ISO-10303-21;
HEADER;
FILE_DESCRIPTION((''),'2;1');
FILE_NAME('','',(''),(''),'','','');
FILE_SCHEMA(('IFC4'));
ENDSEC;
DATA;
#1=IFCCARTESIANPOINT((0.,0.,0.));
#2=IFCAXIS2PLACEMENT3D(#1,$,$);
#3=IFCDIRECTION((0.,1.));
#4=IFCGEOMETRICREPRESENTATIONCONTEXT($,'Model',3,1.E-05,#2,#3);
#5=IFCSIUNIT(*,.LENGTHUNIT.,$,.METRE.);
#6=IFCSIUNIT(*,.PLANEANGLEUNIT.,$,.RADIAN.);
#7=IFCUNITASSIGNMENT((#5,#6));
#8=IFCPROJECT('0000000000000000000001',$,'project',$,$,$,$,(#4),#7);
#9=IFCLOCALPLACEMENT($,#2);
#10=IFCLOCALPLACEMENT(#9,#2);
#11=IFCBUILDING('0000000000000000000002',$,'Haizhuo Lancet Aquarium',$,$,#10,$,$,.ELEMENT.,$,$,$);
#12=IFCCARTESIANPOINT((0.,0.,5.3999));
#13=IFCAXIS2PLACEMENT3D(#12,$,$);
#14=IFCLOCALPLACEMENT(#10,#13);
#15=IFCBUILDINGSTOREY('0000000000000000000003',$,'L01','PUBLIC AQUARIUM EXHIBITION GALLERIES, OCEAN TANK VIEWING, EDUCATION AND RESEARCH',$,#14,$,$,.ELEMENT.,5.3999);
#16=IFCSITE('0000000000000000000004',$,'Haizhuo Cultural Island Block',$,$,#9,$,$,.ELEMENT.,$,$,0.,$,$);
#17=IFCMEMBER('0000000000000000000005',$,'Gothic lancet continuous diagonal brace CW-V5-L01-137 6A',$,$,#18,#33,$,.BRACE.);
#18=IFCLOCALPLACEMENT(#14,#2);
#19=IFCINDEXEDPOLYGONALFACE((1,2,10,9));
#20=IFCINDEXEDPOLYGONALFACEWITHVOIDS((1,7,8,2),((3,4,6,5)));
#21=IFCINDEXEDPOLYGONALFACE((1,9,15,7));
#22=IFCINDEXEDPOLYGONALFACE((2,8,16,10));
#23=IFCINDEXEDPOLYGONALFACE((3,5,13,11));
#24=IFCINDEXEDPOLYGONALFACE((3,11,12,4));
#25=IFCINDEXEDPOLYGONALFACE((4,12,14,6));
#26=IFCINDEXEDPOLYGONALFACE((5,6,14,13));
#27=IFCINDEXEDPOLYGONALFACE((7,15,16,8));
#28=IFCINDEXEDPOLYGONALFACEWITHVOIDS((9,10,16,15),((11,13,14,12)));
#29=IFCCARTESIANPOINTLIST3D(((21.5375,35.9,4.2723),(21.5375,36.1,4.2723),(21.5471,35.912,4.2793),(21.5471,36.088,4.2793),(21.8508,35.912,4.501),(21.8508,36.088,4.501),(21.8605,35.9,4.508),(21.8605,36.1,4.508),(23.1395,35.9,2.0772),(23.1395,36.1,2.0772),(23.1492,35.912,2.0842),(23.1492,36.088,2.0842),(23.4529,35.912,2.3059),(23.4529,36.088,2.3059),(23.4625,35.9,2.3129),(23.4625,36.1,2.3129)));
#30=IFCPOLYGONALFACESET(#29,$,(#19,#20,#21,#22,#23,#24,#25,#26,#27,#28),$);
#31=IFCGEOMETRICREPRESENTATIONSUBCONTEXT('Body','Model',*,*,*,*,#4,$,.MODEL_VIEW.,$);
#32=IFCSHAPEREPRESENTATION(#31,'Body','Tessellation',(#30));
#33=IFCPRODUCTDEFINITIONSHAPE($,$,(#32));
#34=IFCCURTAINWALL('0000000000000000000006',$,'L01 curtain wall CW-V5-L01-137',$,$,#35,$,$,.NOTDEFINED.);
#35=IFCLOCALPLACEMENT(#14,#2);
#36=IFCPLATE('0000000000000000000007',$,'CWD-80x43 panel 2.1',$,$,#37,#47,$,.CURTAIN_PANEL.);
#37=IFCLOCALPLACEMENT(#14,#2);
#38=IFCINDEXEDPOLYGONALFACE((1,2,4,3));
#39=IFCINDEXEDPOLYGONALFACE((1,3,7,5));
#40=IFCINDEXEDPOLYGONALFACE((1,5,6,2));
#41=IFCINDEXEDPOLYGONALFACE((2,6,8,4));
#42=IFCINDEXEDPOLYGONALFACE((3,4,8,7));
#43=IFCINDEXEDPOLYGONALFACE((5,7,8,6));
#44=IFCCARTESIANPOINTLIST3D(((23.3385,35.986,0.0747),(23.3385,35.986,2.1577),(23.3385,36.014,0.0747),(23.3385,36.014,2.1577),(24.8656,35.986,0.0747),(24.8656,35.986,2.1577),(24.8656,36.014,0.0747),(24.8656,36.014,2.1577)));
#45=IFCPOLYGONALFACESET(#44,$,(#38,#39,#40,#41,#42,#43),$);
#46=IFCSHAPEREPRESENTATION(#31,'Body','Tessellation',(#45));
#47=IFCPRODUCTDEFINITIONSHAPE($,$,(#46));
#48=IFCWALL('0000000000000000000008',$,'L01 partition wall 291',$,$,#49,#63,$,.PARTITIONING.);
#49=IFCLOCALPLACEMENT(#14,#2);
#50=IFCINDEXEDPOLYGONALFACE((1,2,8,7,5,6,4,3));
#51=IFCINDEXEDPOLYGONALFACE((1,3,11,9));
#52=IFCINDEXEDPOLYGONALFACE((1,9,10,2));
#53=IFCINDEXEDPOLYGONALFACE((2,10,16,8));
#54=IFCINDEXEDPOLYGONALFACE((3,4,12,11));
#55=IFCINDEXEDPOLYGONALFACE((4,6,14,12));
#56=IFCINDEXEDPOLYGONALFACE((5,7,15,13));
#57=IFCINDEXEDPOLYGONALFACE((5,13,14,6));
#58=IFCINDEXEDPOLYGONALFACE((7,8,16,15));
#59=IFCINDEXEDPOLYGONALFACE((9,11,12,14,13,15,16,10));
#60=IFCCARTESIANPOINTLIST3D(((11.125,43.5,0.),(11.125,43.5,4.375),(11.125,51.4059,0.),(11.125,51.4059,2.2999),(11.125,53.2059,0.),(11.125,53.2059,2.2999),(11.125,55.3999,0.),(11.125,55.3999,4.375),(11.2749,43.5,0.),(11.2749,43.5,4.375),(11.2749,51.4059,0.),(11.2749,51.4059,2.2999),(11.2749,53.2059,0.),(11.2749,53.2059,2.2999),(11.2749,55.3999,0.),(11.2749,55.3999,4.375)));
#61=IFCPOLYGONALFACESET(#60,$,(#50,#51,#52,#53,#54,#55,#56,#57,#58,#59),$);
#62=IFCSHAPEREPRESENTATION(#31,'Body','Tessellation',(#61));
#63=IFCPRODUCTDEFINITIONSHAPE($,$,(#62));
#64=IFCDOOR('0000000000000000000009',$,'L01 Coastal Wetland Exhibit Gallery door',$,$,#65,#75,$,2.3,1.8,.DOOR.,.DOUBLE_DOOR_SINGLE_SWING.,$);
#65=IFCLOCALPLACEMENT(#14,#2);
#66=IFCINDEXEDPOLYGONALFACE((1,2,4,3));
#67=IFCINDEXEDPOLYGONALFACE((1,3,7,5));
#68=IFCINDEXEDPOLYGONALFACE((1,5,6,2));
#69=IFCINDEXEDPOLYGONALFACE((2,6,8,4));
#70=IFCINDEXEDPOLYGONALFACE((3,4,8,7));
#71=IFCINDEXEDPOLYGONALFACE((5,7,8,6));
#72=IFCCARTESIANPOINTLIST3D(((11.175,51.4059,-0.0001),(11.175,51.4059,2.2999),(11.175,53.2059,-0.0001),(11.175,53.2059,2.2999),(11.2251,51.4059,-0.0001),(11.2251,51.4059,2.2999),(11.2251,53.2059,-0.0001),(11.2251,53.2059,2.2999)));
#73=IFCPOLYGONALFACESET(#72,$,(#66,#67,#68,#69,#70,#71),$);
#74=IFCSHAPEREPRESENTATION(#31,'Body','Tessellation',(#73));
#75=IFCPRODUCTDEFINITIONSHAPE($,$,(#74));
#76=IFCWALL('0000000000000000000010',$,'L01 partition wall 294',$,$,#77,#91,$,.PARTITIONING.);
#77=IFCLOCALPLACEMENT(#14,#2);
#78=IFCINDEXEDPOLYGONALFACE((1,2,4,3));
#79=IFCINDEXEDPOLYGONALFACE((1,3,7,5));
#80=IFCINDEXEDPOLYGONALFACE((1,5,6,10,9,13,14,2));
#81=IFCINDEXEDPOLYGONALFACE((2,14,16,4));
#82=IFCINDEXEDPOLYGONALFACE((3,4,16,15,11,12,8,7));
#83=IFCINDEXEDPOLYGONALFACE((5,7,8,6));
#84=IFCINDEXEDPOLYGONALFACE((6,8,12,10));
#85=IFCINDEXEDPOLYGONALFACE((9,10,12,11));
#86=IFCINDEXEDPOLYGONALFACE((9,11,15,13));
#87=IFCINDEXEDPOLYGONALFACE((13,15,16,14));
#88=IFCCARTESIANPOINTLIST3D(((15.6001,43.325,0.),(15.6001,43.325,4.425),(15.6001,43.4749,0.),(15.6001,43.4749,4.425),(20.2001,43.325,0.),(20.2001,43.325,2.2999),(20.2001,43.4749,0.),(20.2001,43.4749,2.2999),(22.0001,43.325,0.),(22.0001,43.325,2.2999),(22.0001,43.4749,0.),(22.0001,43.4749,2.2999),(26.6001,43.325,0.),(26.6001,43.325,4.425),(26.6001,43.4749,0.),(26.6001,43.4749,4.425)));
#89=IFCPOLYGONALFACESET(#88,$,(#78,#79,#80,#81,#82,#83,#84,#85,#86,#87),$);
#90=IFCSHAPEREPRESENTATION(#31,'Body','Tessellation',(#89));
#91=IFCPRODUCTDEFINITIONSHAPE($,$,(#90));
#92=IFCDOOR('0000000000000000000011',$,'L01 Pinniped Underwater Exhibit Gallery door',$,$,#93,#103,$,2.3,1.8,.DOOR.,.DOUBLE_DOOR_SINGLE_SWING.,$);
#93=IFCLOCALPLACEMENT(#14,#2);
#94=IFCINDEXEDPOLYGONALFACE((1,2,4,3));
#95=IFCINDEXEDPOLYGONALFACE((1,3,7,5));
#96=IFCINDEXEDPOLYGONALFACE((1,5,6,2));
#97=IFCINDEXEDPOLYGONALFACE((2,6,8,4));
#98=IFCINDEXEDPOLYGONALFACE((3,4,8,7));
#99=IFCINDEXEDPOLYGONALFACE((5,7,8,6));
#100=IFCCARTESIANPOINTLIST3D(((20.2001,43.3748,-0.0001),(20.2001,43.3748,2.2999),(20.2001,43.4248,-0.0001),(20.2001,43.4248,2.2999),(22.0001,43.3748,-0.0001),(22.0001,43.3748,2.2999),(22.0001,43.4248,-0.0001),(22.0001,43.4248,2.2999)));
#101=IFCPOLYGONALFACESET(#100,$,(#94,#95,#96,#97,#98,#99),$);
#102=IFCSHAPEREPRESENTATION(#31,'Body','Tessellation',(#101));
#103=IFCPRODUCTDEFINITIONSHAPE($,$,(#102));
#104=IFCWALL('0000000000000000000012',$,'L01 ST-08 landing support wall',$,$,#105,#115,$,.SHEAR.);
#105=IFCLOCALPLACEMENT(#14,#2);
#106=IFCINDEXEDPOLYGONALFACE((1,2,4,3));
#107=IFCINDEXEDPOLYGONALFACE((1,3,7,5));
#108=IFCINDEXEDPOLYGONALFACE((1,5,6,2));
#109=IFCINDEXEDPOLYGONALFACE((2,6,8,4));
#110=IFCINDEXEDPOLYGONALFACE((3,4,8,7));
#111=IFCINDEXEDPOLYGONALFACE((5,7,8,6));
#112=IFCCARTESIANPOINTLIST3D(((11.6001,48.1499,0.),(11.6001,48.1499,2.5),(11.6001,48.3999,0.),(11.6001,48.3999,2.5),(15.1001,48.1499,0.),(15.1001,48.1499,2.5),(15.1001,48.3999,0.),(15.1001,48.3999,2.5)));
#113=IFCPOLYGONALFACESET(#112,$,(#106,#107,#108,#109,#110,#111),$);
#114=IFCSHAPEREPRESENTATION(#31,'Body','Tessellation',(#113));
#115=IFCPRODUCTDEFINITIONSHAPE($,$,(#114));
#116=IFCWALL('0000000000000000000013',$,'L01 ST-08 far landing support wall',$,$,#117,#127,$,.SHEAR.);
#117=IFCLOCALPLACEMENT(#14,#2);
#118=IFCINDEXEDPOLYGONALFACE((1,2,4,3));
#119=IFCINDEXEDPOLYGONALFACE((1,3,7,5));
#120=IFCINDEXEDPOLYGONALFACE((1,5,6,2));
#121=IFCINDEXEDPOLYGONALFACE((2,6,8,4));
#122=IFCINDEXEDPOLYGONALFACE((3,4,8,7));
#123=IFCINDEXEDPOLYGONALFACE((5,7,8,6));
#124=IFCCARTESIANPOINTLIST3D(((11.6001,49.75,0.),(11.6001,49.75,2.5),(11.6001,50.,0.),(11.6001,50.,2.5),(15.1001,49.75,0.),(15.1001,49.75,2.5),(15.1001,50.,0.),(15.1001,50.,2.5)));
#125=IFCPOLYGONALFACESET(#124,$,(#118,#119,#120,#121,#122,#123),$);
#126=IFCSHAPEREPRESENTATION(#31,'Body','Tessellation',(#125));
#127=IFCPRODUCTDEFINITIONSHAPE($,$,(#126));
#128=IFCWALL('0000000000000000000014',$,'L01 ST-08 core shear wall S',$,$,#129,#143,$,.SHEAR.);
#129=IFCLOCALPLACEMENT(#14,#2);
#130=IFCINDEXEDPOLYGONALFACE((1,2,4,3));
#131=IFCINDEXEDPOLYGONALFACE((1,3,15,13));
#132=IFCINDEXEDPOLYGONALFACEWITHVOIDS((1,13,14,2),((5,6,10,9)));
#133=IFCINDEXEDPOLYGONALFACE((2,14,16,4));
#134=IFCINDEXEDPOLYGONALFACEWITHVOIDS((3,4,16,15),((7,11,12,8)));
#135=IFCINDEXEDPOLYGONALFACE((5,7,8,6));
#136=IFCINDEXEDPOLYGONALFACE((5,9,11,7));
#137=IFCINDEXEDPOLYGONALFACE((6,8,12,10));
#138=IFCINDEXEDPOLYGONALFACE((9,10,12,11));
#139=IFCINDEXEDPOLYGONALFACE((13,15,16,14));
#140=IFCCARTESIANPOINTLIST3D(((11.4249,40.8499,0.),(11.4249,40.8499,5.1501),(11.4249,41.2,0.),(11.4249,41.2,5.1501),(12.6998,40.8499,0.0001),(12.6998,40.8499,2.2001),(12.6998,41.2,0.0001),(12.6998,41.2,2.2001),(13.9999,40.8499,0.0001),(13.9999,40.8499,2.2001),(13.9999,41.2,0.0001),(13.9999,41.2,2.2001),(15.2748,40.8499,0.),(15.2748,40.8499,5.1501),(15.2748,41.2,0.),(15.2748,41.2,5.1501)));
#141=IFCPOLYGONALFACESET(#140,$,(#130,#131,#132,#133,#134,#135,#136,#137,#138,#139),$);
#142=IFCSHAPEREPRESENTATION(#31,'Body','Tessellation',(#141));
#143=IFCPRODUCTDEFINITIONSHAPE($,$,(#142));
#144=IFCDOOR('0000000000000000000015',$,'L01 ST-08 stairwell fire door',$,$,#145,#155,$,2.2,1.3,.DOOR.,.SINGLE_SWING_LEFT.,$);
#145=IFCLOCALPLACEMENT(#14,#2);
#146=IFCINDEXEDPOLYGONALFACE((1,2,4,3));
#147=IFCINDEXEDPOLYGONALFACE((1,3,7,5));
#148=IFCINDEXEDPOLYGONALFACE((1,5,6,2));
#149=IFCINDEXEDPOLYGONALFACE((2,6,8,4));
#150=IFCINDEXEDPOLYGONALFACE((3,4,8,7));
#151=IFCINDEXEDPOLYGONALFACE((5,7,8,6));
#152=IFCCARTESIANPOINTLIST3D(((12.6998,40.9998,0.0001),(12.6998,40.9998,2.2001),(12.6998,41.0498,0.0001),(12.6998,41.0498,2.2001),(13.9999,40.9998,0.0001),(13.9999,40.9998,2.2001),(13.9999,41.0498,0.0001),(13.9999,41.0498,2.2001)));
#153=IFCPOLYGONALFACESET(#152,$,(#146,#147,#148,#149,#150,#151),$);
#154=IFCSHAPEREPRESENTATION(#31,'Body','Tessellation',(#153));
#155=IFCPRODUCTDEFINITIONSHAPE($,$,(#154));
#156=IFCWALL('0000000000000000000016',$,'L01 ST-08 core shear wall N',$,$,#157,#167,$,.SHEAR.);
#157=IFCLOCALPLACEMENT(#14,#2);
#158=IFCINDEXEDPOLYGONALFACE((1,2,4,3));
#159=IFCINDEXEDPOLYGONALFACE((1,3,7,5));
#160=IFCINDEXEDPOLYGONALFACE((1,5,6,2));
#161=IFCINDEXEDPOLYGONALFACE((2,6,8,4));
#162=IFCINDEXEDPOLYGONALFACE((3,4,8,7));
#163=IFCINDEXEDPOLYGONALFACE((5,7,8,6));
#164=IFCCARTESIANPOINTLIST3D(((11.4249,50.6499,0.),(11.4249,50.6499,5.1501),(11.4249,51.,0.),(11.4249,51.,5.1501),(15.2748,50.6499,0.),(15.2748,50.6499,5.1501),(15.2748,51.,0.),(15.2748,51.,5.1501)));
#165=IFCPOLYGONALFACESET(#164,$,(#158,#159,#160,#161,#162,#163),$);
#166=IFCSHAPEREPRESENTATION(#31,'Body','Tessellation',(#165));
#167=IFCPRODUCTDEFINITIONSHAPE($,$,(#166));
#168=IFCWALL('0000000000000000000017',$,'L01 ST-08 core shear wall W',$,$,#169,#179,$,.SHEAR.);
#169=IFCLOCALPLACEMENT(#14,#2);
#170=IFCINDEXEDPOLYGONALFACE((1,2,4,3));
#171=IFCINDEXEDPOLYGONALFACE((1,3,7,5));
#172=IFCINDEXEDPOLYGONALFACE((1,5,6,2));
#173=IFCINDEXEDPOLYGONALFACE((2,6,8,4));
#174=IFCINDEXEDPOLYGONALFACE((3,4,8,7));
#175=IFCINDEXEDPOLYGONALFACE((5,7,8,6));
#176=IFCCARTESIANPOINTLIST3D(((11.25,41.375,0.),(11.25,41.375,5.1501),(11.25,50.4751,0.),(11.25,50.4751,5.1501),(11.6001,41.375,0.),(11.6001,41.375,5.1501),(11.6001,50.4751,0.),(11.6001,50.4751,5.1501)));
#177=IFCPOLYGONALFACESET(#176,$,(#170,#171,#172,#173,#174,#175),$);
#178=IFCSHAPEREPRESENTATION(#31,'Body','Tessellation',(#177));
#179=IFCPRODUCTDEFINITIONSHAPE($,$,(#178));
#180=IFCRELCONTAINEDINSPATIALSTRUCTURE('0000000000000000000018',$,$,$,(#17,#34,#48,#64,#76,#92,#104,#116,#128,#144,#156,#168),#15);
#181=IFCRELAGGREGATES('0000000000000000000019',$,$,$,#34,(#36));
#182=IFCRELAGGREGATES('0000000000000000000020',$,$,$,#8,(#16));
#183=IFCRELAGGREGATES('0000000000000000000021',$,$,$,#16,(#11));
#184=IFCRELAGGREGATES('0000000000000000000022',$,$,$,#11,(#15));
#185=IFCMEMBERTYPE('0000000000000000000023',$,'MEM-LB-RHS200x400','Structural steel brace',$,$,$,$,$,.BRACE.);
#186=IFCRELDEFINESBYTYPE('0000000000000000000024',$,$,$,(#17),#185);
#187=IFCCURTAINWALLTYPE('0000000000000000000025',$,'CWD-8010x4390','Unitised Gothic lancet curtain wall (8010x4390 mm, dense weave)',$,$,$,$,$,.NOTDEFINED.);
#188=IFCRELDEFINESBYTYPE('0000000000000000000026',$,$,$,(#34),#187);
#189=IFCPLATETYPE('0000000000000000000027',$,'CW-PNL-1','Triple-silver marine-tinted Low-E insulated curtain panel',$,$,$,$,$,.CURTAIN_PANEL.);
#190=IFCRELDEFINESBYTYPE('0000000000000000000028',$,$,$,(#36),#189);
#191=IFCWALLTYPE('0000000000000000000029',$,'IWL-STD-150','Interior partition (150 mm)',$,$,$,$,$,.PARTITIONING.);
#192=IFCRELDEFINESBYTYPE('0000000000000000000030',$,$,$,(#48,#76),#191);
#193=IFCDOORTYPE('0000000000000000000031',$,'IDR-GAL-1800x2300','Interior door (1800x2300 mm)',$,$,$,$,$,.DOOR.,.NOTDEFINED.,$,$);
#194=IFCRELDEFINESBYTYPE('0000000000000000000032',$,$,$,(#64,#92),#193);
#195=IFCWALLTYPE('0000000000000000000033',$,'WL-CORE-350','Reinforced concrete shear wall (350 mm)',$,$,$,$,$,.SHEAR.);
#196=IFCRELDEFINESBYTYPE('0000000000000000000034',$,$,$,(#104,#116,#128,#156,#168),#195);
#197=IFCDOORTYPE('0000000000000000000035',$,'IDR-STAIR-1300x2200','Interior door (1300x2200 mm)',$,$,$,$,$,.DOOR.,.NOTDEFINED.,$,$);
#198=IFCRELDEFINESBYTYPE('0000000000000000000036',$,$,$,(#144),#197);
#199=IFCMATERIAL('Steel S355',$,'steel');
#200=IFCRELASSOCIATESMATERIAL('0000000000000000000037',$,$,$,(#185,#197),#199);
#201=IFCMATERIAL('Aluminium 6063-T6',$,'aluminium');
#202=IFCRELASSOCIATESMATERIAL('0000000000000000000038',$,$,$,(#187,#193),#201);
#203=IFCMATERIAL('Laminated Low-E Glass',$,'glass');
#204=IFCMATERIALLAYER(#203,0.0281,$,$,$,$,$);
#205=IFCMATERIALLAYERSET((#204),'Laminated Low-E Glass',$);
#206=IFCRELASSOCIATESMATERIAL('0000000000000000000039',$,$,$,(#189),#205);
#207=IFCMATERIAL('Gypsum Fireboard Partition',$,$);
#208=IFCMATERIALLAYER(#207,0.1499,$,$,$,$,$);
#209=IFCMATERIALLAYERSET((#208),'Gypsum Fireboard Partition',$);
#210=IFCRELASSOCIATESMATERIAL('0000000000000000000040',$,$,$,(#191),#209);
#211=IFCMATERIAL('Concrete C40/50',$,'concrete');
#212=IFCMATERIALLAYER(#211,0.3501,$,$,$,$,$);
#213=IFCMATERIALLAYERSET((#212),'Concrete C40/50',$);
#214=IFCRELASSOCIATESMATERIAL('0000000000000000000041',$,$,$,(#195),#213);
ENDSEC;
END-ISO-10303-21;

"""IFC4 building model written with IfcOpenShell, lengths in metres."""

from ifc_helpers import new_model, si_unit, direction, frame, frame_2d, origin, origin_2d, place, context, subcontext, project, spatial, rectangle, hollow_rectangle, extrude, material, layer, layer_set, material_profile, profile_set, type_object, element, fill, aggregate, save


model = new_model("IFC4")

# Units and contexts
model_context = context("Model", 3, precision=1e-05, world=origin(), true_north=direction((0.0, 1.0)))
body_context = subcontext(model_context, "Body", "Model", "MODEL_VIEW")
ifc_project = project(units=[si_unit("LENGTHUNIT", "METRE"), si_unit("PLANEANGLEUNIT", "RADIAN")], contexts=[model_context])

# Site, building, storey
site_placement = place(None, origin())
site = spatial("IfcSite", under=ifc_project, at=site_placement, Name="Haizhuo Cultural Island Block", CompositionType="ELEMENT", RefElevation=0.0)
building_placement = place(site_placement, origin())
building = spatial("IfcBuilding", under=site, at=building_placement, Name="Haizhuo Lancet Aquarium", CompositionType="ELEMENT")
storey_placement = place(building_placement, frame((0.0, 0.0, 5.3999)))
storey = spatial("IfcBuildingStorey", under=building, at=storey_placement, Name="L01", Description="PUBLIC AQUARIUM EXHIBITION GALLERIES, OCEAN TANK VIEWING, EDUCATION AND RESEARCH", CompositionType="ELEMENT", Elevation=5.3999)

# Shared definitions
ifc_material_1 = material(Name="Concrete C40/50", Category="concrete")

# Shared definitions
ifc_material_2 = material(Name="Steel S355", Category="steel")

# Member
ifc_material_profile_1 = material_profile(ifc_material_2, hollow_rectangle(XDim=0.2, YDim=0.3999, WallThickness=0.012, at=origin_2d()), Name="RHS 200x400x12")
ifc_profile_set_1 = profile_set([ifc_material_profile_1], Name="Steel S355")
member_type = type_object("IfcMemberType", Name="MEM-LB-RHS200x400", Description="Structural steel brace", PredefinedType="BRACE", material=ifc_profile_set_1)
member_placement = place(storey_placement, frame((23.301, 36.0, 2.1951), z_axis=(-0.589528, 0.0, 0.807748), x_axis=(0.0, -1.0, 0.0)))
element("IfcMember", 1, at=member_placement, inside=storey, type_object=member_type, Name="Gothic lancet continuous diagonal brace CW-V5-L01-137 6A", PredefinedType="BRACE", context=body_context, shape_type="SweptSolid", body=[
    extrude(hollow_rectangle(XDim=0.2, YDim=0.3999, WallThickness=0.012, at=origin_2d()), origin(), (0.0, 0.0, 1.0), 2.7175),
])

# Curtain wall, plate
ifc_material_3 = material(Name="Aluminium 6063-T6", Category="aluminium")
curtain_wall_type = type_object("IfcCurtainWallType", Name="CWD-8010x4390", Description="Unitised Gothic lancet curtain wall (8010x4390 mm, dense weave)", PredefinedType="NOTDEFINED", material=ifc_material_3)
curtain_wall_placement = place(storey_placement, origin())
curtain_wall = element("IfcCurtainWall", 2, at=curtain_wall_placement, inside=storey, type_object=curtain_wall_type, Name="L01 curtain wall CW-V5-L01-137", PredefinedType="NOTDEFINED")
ifc_material_4 = material(Name="Laminated Low-E Glass", Category="glass")
ifc_layer_1 = layer(ifc_material_4, 0.0281)
ifc_layer_set_1 = layer_set([ifc_layer_1], Name="Laminated Low-E Glass")
plate_type = type_object("IfcPlateType", Name="CW-PNL-1", Description="Triple-silver marine-tinted Low-E insulated curtain panel", PredefinedType="CURTAIN_PANEL", material=ifc_layer_set_1)
plate_placement = place(storey_placement, frame((24.1021, 36.0, 0.0747), z_axis=(0.0, 0.0, 1.0), x_axis=(-1.0, 0.0, 0.0)))
plate = element("IfcPlate", 3, at=plate_placement, type_object=plate_type, Name="CWD-80x43 panel 2.1", PredefinedType="CURTAIN_PANEL", context=body_context, shape_type="SweptSolid", body=[
    extrude(rectangle(XDim=1.5271, YDim=0.0281, at=origin_2d()), origin(), (0.0, 0.0, 1.0), 2.083),
])
aggregate(curtain_wall, [plate])

# Walls, openings, doors
ifc_material_5 = material(Name="Gypsum Fireboard Partition")
ifc_layer_2 = layer(ifc_material_5, 0.1499)
ifc_layer_set_2 = layer_set([ifc_layer_2], Name="Gypsum Fireboard Partition")
wall_type_1 = type_object("IfcWallType", Name="IWL-STD-150", Description="Interior partition (150 mm)", PredefinedType="PARTITIONING", material=ifc_layer_set_2)
wall_1_placement = place(storey_placement, frame((11.2, 43.5, 0.0), z_axis=(0.0, 0.0, 1.0), x_axis=(0.0, 1.0, 0.0)))
wall_1 = element("IfcWall", 4, at=wall_1_placement, inside=storey, type_object=wall_type_1, Name="L01 partition wall 291", PredefinedType="PARTITIONING", context=body_context, shape_type="SweptSolid", body=[
    extrude(rectangle(XDim=11.8999, YDim=0.1499, at=frame_2d((5.95, 0.0))), origin(), (0.0, 0.0, 1.0), 4.375),
])
opening_1_placement = place(wall_1_placement, frame((7.906, 0.0, 0.0)))
opening_1 = element("IfcOpeningElement", 5, at=opening_1_placement, cuts=wall_1, PredefinedType="OPENING", context=body_context, shape_type="SweptSolid", body=[
    extrude(rectangle(XDim=1.8, YDim=2.3, at=frame_2d((0.8999, 1.1499))), frame((0.0, 0.085, 0.0), z_axis=(0.0, -1.0, 0.0), x_axis=(1.0, 0.0, 0.0)), (0.0, 0.0, 1.0), 0.1699),
])
door_type_1 = type_object("IfcDoorType", Name="IDR-GAL-1800x2300", Description="Interior door (1800x2300 mm)", OperationType="NOTDEFINED", PredefinedType="DOOR", material=ifc_material_3)
door_1_placement = place(opening_1_placement, origin())
door_1 = element("IfcDoor", 6, at=door_1_placement, inside=storey, type_object=door_type_1, Name="L01 Coastal Wetland Exhibit Gallery door", OperationType="DOUBLE_DOOR_SINGLE_SWING", OverallHeight=2.3, OverallWidth=1.8, PredefinedType="DOOR", context=body_context, shape_type="SweptSolid", body=[
    extrude(rectangle(XDim=1.8, YDim=2.3, at=frame_2d((0.8999, 1.1499))), frame((0.0, 0.0249, 0.0), z_axis=(0.0, -1.0, 0.0), x_axis=(1.0, 0.0, 0.0)), (0.0, 0.0, 1.0), 0.05),
])
fill(opening_1, door_1)
wall_2_placement = place(storey_placement, frame((15.6001, 43.3999, 0.0), z_axis=(0.0, 0.0, 1.0), x_axis=(1.0, 0.0, 0.0)))
wall_2 = element("IfcWall", 7, at=wall_2_placement, inside=storey, type_object=wall_type_1, Name="L01 partition wall 294", PredefinedType="PARTITIONING", context=body_context, shape_type="SweptSolid", body=[
    extrude(rectangle(XDim=11.0, YDim=0.1499, at=frame_2d((5.5, 0.0))), origin(), (0.0, 0.0, 1.0), 4.425),
])
opening_2_placement = place(wall_2_placement, frame((4.6001, 0.0, 0.0)))
opening_2 = element("IfcOpeningElement", 8, at=opening_2_placement, cuts=wall_2, PredefinedType="OPENING", context=body_context, shape_type="SweptSolid", body=[
    extrude(rectangle(XDim=1.8, YDim=2.3, at=frame_2d((0.8999, 1.1499))), frame((0.0, 0.085, 0.0), z_axis=(0.0, -1.0, 0.0), x_axis=(1.0, 0.0, 0.0)), (0.0, 0.0, 1.0), 0.1699),
])
door_2_placement = place(opening_2_placement, origin())
door_2 = element("IfcDoor", 9, at=door_2_placement, inside=storey, type_object=door_type_1, Name="L01 Pinniped Underwater Exhibit Gallery door", OperationType="DOUBLE_DOOR_SINGLE_SWING", OverallHeight=2.3, OverallWidth=1.8, PredefinedType="DOOR", context=body_context, shape_type="SweptSolid", body=[
    extrude(rectangle(XDim=1.8, YDim=2.3, at=frame_2d((0.8999, 1.1499))), frame((0.0, 0.0249, 0.0), z_axis=(0.0, -1.0, 0.0), x_axis=(1.0, 0.0, 0.0)), (0.0, 0.0, 1.0), 0.05),
])
fill(opening_2, door_2)

# Walls
ifc_layer_3 = layer(ifc_material_1, 0.3501)
ifc_layer_set_3 = layer_set([ifc_layer_3], Name="Concrete C40/50")
wall_type_2 = type_object("IfcWallType", Name="WL-CORE-350", Description="Reinforced concrete shear wall (350 mm)", PredefinedType="SHEAR", material=ifc_layer_set_3)
for number, where, z_axis, x_axis, name in (
    (10, (11.6001, 48.2749, 0.0), (0.0, 0.0, 1.0), (1.0, 0.0, 0.0), "L01 ST-08 landing support wall"),
    (11, (11.6001, 49.875, 0.0), (0.0, 0.0, 1.0), (1.0, 0.0, 0.0), "L01 ST-08 far landing support wall"),
):
    element("IfcWall", number, at=place(storey_placement, frame(where, z_axis=z_axis, x_axis=x_axis)), inside=storey, type_object=wall_type_2, Name=name, PredefinedType="SHEAR", context=body_context, shape_type="SweptSolid", body=[
        extrude(rectangle(XDim=3.5, YDim=0.25, at=frame_2d((1.75, 0.0))), origin(), (0.0, 0.0, 1.0), 2.5),
    ])

# Wall, opening, door
wall_3_placement = place(storey_placement, frame((11.425, 41.0249, 0.0), z_axis=(0.0, 0.0, 1.0), x_axis=(1.0, 0.0, 0.0)))
wall_3 = element("IfcWall", 12, at=wall_3_placement, inside=storey, type_object=wall_type_2, Name="L01 ST-08 core shear wall S", PredefinedType="SHEAR", context=body_context, shape_type="SweptSolid", body=[
    extrude(rectangle(XDim=3.8499, YDim=0.3501, at=frame_2d((1.9248, 0.0))), origin(), (0.0, 0.0, 1.0), 5.1501),
])
opening_3_placement = place(wall_3_placement, frame((1.2749, 0.0, 0.0)))
opening_3 = element("IfcOpeningElement", 13, at=opening_3_placement, cuts=wall_3, PredefinedType="OPENING", context=body_context, shape_type="SweptSolid", body=[
    extrude(rectangle(XDim=1.3, YDim=2.2, at=frame_2d((0.6499, 1.1001))), frame((0.0, 0.1851, 0.0), z_axis=(0.0, -1.0, 0.0), x_axis=(1.0, 0.0, 0.0)), (0.0, 0.0, 1.0), 0.3701),
])
door_type_2 = type_object("IfcDoorType", Name="IDR-STAIR-1300x2200", Description="Interior door (1300x2200 mm)", OperationType="NOTDEFINED", PredefinedType="DOOR", material=ifc_material_2)
door_3_placement = place(opening_3_placement, origin())
door_3 = element("IfcDoor", 14, at=door_3_placement, inside=storey, type_object=door_type_2, Name="L01 ST-08 stairwell fire door", OperationType="SINGLE_SWING_LEFT", OverallHeight=2.2, OverallWidth=1.3, PredefinedType="DOOR", context=body_context, shape_type="SweptSolid", body=[
    extrude(rectangle(XDim=1.3, YDim=2.2, at=frame_2d((0.6499, 1.1001))), frame((0.0, 0.0249, 0.0), z_axis=(0.0, -1.0, 0.0), x_axis=(1.0, 0.0, 0.0)), (0.0, 0.0, 1.0), 0.05),
])
fill(opening_3, door_3)

# Walls
wall_4_placement = place(storey_placement, frame((11.425, 50.825, 0.0), z_axis=(0.0, 0.0, 1.0), x_axis=(1.0, 0.0, 0.0)))
element("IfcWall", 15, at=wall_4_placement, inside=storey, type_object=wall_type_2, Name="L01 ST-08 core shear wall N", PredefinedType="SHEAR", context=body_context, shape_type="SweptSolid", body=[
    extrude(rectangle(XDim=3.8499, YDim=0.3501, at=frame_2d((1.9248, 0.0))), origin(), (0.0, 0.0, 1.0), 5.1501),
])
for number, where, z_axis, x_axis, name in (
    (16, (11.425, 41.375, 0.0), (0.0, 0.0, 1.0), (0.0, 1.0, 0.0), "L01 ST-08 core shear wall W"),
):
    element("IfcWall", number, at=place(storey_placement, frame(where, z_axis=z_axis, x_axis=x_axis)), inside=storey, type_object=wall_type_2, Name=name, PredefinedType="SHEAR", context=body_context, shape_type="SweptSolid", body=[
        extrude(rectangle(XDim=9.1001, YDim=0.3501, at=frame_2d((4.55, 0.0))), origin(), (0.0, 0.0, 1.0), 5.1501),
    ])

save(model, "model.ifc")
